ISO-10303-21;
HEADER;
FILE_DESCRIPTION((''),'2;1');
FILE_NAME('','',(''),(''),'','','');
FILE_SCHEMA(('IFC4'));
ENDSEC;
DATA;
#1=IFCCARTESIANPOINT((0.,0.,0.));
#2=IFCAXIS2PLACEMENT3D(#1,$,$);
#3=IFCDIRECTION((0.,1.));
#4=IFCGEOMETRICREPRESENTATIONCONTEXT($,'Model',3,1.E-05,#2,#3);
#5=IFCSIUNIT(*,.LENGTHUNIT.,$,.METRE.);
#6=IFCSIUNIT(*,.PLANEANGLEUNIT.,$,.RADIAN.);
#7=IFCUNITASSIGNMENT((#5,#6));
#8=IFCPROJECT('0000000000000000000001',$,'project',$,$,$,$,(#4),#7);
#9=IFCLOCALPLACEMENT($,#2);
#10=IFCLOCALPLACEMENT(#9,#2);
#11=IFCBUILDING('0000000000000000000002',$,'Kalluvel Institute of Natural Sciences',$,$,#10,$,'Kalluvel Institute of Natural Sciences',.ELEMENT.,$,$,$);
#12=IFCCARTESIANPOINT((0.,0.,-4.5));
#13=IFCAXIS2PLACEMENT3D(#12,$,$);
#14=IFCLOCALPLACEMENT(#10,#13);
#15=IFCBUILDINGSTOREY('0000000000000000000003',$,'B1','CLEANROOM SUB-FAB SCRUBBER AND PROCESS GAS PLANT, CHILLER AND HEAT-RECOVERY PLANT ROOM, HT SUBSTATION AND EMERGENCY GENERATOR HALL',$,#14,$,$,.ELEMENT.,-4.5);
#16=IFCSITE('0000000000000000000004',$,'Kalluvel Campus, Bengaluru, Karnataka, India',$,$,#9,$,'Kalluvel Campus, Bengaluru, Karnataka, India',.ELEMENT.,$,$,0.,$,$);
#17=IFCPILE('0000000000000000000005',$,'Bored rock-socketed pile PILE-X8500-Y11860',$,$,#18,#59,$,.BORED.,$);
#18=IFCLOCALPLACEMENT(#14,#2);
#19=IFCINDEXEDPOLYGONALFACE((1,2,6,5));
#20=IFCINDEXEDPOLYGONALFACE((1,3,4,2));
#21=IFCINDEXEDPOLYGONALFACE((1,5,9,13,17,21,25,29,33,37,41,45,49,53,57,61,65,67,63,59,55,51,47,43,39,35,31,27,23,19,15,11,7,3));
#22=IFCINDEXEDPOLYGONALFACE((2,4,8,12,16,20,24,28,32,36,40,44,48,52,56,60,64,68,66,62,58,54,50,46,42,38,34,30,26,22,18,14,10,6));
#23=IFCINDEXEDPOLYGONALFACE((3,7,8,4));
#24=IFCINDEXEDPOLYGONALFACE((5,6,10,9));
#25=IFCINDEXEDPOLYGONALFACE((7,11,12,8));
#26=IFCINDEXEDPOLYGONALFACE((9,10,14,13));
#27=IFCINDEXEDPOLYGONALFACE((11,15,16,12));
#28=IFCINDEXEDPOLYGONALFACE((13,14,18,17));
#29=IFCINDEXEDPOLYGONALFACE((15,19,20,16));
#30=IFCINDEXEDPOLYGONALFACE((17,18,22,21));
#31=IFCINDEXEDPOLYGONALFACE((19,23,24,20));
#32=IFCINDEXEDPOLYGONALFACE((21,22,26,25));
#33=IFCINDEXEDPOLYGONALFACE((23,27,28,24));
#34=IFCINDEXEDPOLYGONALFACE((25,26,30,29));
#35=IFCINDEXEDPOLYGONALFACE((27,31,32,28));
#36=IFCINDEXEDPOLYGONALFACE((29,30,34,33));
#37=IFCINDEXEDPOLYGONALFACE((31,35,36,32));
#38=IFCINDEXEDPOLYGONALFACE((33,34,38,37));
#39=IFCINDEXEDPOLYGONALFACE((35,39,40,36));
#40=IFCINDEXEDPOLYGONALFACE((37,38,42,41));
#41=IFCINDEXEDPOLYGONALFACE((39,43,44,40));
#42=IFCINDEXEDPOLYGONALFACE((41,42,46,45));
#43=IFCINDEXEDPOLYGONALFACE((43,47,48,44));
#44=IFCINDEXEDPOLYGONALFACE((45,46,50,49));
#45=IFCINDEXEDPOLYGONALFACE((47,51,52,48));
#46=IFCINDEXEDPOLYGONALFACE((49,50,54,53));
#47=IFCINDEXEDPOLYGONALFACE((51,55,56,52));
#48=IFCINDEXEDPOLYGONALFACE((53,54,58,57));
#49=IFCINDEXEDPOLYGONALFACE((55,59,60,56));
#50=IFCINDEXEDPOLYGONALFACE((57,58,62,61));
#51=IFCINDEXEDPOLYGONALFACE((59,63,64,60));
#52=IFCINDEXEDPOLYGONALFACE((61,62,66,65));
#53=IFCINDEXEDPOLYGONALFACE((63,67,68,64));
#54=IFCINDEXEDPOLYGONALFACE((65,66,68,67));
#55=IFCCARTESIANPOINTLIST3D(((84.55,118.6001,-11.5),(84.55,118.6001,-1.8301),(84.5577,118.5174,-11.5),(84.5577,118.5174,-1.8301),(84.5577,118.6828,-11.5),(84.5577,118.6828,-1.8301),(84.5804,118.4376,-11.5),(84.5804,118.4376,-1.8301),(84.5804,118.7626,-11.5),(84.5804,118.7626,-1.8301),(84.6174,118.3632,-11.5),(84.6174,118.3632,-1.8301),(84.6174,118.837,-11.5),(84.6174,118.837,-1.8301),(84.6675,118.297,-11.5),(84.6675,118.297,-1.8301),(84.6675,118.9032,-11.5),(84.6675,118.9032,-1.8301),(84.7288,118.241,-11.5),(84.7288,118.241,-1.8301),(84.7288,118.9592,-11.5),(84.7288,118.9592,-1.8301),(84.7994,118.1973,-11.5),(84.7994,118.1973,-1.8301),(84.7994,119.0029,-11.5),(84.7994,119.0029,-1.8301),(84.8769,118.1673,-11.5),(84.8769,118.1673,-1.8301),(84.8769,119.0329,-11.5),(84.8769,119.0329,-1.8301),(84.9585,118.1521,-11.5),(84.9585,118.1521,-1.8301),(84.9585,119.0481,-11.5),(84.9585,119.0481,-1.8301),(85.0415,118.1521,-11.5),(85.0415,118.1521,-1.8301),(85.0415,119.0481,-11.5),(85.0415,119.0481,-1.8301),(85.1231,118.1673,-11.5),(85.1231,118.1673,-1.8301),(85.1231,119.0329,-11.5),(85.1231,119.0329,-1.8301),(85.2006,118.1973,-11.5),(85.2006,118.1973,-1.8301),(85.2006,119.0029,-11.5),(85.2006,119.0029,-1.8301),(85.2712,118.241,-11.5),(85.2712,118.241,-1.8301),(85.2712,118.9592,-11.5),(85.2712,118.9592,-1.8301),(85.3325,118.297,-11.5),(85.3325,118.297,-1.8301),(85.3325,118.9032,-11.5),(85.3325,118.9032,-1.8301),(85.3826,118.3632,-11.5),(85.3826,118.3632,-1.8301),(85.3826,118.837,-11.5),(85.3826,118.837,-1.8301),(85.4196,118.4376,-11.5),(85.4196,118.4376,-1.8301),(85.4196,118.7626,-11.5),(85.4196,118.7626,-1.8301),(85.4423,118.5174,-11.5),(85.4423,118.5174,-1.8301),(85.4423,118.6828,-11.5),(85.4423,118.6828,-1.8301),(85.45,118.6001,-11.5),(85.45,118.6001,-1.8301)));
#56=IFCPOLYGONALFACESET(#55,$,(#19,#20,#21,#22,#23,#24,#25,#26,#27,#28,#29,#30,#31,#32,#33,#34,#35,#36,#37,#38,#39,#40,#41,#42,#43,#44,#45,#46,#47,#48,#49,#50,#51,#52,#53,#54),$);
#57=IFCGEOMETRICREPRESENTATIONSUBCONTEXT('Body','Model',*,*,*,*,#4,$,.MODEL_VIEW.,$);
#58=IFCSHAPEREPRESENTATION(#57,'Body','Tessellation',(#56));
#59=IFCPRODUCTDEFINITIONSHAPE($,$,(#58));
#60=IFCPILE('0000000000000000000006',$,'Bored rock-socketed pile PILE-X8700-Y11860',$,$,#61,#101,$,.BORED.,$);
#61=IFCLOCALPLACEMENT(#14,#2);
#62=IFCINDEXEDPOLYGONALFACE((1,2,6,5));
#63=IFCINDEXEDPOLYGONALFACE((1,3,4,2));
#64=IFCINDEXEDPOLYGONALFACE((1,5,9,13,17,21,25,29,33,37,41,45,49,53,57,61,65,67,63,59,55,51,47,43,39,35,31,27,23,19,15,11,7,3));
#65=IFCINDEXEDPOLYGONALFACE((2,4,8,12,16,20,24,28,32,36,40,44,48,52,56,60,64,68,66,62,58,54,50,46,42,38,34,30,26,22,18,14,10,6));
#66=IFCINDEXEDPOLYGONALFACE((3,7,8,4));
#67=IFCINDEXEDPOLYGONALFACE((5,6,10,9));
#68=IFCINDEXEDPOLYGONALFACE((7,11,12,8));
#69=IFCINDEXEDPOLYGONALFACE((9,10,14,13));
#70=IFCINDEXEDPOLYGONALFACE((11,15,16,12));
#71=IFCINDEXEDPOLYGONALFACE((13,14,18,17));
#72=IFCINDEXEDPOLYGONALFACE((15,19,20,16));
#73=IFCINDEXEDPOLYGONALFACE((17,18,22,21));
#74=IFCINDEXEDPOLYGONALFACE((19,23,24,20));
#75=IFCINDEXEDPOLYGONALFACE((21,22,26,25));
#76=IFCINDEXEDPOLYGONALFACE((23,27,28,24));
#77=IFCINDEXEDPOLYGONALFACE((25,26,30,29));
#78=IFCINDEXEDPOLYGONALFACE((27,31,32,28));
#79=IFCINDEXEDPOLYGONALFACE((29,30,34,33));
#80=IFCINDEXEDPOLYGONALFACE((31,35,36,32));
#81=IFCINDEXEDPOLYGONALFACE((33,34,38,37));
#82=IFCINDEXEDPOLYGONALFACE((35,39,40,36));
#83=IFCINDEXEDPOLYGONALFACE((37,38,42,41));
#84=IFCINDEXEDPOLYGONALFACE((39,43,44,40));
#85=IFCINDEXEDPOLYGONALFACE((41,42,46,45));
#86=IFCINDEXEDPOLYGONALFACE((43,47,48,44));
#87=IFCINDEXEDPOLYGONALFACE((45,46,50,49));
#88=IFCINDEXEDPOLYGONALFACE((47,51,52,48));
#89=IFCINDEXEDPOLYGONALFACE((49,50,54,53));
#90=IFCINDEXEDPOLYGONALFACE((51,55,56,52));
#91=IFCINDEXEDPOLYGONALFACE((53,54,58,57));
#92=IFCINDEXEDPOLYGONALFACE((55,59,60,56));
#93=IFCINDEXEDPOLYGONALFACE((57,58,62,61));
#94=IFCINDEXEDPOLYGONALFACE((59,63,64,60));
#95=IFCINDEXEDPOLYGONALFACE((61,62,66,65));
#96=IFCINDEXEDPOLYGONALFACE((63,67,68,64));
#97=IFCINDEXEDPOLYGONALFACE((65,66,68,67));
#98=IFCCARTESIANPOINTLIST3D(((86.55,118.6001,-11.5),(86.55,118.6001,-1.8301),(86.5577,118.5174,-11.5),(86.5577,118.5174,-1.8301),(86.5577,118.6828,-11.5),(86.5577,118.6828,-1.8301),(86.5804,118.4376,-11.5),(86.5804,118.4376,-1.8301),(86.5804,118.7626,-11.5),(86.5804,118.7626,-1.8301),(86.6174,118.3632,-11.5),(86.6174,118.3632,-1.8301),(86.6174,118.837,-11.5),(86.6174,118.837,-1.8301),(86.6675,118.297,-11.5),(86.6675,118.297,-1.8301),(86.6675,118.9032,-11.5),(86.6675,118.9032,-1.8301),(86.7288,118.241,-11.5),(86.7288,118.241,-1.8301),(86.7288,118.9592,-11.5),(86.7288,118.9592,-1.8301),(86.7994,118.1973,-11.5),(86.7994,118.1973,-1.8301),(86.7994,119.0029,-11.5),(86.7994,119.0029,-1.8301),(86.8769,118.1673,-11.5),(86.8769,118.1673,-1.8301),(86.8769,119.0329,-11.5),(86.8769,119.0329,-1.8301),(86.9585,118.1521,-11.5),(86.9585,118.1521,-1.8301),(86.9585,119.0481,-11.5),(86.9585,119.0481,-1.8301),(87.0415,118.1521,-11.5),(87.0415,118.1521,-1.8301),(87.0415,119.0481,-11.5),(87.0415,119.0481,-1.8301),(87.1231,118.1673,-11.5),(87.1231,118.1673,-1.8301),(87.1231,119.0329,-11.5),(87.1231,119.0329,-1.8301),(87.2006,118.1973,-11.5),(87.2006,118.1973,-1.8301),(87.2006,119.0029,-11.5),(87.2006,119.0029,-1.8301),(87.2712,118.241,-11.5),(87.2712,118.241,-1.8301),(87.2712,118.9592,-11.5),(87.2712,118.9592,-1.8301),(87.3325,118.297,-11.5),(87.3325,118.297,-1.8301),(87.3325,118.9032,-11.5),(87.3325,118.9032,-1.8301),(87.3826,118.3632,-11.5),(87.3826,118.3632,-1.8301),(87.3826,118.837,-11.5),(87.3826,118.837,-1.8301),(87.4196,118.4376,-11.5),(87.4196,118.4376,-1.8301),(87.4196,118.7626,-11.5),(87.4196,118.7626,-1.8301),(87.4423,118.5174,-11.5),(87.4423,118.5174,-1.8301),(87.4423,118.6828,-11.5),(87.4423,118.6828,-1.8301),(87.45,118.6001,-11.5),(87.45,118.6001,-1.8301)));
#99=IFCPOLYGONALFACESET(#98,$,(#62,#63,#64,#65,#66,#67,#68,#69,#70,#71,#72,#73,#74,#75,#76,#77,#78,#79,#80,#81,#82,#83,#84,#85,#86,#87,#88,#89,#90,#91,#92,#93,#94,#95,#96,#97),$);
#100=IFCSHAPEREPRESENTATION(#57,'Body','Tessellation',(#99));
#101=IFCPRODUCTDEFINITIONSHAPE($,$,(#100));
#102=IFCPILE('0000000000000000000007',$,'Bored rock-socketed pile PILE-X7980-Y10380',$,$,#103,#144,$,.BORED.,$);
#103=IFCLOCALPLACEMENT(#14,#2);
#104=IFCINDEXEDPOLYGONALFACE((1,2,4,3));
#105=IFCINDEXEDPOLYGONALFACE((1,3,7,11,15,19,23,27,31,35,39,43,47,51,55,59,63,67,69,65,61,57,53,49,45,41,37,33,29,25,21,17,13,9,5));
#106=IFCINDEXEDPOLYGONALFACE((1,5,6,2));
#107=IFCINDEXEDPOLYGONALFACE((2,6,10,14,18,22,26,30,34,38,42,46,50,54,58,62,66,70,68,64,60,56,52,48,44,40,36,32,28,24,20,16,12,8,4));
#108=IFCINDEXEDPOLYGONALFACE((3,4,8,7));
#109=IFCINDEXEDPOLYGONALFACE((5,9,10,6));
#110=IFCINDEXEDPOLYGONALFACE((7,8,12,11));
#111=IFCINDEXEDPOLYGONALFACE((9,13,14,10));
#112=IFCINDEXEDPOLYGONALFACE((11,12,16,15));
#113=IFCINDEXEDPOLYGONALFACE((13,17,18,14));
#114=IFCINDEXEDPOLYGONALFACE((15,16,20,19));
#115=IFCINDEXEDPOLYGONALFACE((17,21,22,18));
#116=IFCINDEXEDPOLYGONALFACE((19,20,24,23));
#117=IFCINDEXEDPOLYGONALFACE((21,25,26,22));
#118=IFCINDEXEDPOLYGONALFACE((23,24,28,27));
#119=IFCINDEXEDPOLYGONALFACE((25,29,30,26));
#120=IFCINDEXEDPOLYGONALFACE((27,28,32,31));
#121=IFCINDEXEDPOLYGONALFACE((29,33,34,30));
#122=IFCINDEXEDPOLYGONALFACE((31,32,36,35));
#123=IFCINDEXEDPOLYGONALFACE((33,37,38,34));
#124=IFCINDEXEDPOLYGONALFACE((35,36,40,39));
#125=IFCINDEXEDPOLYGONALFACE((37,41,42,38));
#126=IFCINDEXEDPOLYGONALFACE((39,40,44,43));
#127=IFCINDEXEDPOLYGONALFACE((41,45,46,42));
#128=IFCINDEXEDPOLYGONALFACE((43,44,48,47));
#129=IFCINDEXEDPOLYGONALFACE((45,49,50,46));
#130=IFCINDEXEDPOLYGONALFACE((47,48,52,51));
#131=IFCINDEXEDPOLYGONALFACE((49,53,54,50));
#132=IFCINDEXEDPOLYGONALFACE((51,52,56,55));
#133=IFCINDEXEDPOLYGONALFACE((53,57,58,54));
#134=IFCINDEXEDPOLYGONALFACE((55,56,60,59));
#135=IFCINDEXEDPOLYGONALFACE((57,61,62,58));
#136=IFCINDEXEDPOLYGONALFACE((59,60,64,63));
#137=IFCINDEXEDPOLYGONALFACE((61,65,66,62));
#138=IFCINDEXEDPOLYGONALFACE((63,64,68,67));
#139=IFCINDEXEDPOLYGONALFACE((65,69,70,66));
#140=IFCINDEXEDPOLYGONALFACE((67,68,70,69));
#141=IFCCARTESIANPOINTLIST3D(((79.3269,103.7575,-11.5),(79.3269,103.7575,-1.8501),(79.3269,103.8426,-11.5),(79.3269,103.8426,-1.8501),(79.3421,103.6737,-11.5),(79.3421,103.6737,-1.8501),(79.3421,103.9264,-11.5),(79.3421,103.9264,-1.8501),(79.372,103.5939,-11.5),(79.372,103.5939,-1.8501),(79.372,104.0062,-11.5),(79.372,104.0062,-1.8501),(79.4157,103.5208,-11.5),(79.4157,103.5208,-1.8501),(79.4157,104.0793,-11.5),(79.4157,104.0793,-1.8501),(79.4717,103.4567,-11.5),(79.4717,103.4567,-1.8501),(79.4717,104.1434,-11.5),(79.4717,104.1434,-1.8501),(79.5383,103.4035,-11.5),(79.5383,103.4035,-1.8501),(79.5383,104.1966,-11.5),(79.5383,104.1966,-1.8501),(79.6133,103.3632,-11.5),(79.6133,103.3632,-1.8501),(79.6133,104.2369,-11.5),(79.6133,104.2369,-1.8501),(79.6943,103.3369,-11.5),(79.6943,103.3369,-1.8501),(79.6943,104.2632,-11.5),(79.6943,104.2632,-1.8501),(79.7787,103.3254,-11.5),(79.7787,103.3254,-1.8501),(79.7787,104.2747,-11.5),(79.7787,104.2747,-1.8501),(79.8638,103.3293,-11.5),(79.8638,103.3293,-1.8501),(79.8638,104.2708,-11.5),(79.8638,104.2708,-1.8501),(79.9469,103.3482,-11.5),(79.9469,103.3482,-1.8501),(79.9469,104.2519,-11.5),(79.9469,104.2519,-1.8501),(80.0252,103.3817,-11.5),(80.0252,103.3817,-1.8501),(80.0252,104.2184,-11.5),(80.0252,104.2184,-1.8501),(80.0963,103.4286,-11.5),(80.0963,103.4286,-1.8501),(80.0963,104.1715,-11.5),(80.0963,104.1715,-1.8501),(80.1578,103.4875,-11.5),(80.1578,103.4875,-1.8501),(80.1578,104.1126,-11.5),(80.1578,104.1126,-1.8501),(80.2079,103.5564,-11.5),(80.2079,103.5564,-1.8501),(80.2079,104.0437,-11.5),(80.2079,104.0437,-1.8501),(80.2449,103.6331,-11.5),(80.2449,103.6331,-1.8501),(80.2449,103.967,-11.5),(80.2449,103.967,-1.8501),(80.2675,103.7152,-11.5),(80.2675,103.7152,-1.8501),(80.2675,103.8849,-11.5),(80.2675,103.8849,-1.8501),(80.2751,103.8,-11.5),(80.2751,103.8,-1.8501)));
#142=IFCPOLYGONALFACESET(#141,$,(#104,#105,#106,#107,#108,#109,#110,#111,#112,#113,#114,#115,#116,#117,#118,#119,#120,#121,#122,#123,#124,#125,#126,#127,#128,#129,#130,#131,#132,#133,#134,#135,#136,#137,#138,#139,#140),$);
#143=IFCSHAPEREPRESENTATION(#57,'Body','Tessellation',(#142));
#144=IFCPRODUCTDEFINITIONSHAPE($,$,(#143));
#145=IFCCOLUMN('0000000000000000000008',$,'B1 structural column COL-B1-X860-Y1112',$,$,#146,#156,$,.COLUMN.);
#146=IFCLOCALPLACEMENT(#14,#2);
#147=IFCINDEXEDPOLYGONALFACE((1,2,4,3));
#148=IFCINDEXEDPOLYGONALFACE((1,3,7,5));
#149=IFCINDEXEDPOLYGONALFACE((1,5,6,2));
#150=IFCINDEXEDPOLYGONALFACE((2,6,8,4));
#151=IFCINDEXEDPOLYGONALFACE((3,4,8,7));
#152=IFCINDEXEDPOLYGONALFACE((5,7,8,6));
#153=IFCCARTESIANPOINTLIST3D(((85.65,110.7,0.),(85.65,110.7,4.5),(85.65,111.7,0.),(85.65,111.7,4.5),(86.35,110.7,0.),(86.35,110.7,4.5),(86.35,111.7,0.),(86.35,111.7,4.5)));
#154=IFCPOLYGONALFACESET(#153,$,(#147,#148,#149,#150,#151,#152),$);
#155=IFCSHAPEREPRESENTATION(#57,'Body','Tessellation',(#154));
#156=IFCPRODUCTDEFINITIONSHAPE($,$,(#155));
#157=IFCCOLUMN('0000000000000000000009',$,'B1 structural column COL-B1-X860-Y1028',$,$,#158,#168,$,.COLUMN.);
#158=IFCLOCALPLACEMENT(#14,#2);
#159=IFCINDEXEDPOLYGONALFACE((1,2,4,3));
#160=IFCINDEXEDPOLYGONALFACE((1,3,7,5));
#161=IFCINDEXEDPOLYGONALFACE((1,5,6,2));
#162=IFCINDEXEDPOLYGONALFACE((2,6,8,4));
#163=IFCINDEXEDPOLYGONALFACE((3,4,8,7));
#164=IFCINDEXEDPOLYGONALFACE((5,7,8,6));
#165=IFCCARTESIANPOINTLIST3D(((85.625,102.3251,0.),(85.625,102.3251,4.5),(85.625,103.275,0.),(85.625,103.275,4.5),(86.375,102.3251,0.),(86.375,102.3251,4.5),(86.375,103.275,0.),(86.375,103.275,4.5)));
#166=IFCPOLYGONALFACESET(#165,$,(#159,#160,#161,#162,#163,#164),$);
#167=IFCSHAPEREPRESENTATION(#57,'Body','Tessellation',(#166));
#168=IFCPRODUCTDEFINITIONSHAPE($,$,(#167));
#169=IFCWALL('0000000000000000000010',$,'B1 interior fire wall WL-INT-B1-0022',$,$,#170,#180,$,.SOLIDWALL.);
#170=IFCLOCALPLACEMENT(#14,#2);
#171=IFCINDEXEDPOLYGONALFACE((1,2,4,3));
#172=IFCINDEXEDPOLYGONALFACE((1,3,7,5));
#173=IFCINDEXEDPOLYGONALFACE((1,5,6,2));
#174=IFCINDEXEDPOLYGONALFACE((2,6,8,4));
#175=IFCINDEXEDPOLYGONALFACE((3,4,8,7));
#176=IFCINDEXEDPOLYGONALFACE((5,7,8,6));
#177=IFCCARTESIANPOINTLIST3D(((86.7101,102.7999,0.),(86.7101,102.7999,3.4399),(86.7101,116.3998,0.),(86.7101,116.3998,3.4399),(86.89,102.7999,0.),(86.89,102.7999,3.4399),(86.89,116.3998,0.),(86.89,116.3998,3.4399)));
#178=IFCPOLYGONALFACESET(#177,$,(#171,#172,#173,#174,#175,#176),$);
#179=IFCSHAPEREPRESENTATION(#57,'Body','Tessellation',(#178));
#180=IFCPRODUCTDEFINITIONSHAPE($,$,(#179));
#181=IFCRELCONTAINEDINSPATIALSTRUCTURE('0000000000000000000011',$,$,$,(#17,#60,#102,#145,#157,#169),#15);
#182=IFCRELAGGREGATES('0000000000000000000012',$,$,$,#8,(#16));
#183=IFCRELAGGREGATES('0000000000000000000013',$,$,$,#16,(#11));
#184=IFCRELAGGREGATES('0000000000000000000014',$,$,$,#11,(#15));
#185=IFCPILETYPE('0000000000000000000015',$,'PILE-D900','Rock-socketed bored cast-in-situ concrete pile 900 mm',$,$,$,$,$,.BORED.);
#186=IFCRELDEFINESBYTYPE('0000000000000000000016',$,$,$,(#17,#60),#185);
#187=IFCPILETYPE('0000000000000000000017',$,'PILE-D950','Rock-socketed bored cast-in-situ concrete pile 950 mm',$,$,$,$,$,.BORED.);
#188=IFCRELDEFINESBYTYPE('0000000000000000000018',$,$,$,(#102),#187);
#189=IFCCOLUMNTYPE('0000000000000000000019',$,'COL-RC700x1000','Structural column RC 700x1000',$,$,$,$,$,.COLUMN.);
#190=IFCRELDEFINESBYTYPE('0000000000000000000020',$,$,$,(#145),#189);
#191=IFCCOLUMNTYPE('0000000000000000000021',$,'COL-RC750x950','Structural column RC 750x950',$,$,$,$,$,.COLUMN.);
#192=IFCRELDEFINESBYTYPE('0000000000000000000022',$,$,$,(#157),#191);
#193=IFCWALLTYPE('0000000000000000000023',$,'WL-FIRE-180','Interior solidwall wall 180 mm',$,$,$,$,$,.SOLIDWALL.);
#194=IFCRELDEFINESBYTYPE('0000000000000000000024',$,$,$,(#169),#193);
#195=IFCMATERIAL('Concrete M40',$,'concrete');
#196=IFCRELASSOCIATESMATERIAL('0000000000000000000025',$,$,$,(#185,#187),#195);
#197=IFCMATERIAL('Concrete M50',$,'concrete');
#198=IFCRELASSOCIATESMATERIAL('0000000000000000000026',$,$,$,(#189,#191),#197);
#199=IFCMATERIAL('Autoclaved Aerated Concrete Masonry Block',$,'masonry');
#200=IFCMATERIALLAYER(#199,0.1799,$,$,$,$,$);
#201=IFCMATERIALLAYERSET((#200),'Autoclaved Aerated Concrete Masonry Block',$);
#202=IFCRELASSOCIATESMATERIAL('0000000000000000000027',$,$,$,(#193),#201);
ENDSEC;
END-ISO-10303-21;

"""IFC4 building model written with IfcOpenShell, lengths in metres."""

from ifc_helpers import new_model, si_unit, direction, frame, frame_2d, origin, origin_2d, place, context, subcontext, project, spatial, rectangle, circle, extrude, material, layer, layer_set, material_profile, profile_set, type_object, element, save


model = new_model("IFC4")

# Units and contexts
model_context = context("Model", 3, precision=1e-05, world=origin(), true_north=direction((0.0, 1.0)))
body_context = subcontext(model_context, "Body", "Model", "MODEL_VIEW")
ifc_project = project(units=[si_unit("LENGTHUNIT", "METRE"), si_unit("PLANEANGLEUNIT", "RADIAN")], contexts=[model_context])

# Site, building, storey
site_placement = place(None, origin())
site = spatial("IfcSite", under=ifc_project, at=site_placement, Name="Kalluvel Campus, Bengaluru, Karnataka, India", LongName="Kalluvel Campus, Bengaluru, Karnataka, India", CompositionType="ELEMENT", RefElevation=0.0)
building_placement = place(site_placement, origin())
building = spatial("IfcBuilding", under=site, at=building_placement, Name="Kalluvel Institute of Natural Sciences", LongName="Kalluvel Institute of Natural Sciences", CompositionType="ELEMENT")
storey_placement = place(building_placement, frame((0.0, 0.0, -4.5)))
storey = spatial("IfcBuildingStorey", under=building, at=storey_placement, Name="B1", Description="CLEANROOM SUB-FAB SCRUBBER AND PROCESS GAS PLANT, CHILLER AND HEAT-RECOVERY PLANT ROOM, HT SUBSTATION AND EMERGENCY GENERATOR HALL", CompositionType="ELEMENT", Elevation=-4.5)

# Shared definitions
ifc_material_1 = material(Name="Concrete M40", Category="concrete")

# Piles
ifc_material_profile_1 = material_profile(ifc_material_1, circle(Radius=0.45, at=origin_2d()), Name="PILE D900")
ifc_profile_set_1 = profile_set([ifc_material_profile_1], Name="Concrete M40")
pile_type_1 = type_object("IfcPileType", Name="PILE-D900", Description="Rock-socketed bored cast-in-situ concrete pile 900 mm", PredefinedType="BORED", material=ifc_profile_set_1)
for number, where, z_axis, x_axis, name in (
    (1, (85.0, 118.6001, -1.8301), (0.0, 0.0, -1.0), (1.0, 0.0, 0.0), "Bored rock-socketed pile PILE-X8500-Y11860"),
    (2, (87.0, 118.6001, -1.8301), (0.0, 0.0, -1.0), (1.0, 0.0, 0.0), "Bored rock-socketed pile PILE-X8700-Y11860"),
):
    element("IfcPile", number, at=place(storey_placement, frame(where, z_axis=z_axis, x_axis=x_axis)), inside=storey, type_object=pile_type_1, Name=name, PredefinedType="BORED", context=body_context, shape_type="SweptSolid", body=[
        extrude(circle(Radius=0.45, at=origin_2d()), origin(), (0.0, 0.0, 1.0), 9.6699),
    ])
ifc_material_profile_2 = material_profile(ifc_material_1, circle(Radius=0.4751, at=origin_2d()), Name="PILE D950")
ifc_profile_set_2 = profile_set([ifc_material_profile_2], Name="Concrete M40")
pile_type_2 = type_object("IfcPileType", Name="PILE-D950", Description="Rock-socketed bored cast-in-situ concrete pile 950 mm", PredefinedType="BORED", material=ifc_profile_set_2)
pile_placement = place(storey_placement, frame((79.8, 103.8, -1.8501), z_axis=(0.0, 0.0, -1.0), x_axis=(1.0, 0.0, 0.0)))
element("IfcPile", 3, at=pile_placement, inside=storey, type_object=pile_type_2, Name="Bored rock-socketed pile PILE-X7980-Y10380", PredefinedType="BORED", context=body_context, shape_type="SweptSolid", body=[
    extrude(circle(Radius=0.4751, at=origin_2d()), origin(), (0.0, 0.0, 1.0), 9.6499),
])

# Columns
ifc_material_2 = material(Name="Concrete M50", Category="concrete")
ifc_material_profile_3 = material_profile(ifc_material_2, rectangle(XDim=0.7, YDim=1.0, at=origin_2d()), Name="RC 700x1000")
ifc_profile_set_3 = profile_set([ifc_material_profile_3], Name="Concrete M50")
column_type_1 = type_object("IfcColumnType", Name="COL-RC700x1000", Description="Structural column RC 700x1000", PredefinedType="COLUMN", material=ifc_profile_set_3)
column_1_placement = place(storey_placement, frame((86.0, 111.2, 0.0), z_axis=(0.0, 0.0, 1.0), x_axis=(1.0, 0.0, 0.0)))
element("IfcColumn", 4, at=column_1_placement, inside=storey, type_object=column_type_1, Name="B1 structural column COL-B1-X860-Y1112", PredefinedType="COLUMN", context=body_context, shape_type="SweptSolid", body=[
    extrude(rectangle(XDim=0.7, YDim=1.0, at=origin_2d()), origin(), (0.0, 0.0, 1.0), 4.5),
])
ifc_material_profile_4 = material_profile(ifc_material_2, rectangle(XDim=0.75, YDim=0.95, at=origin_2d()), Name="RC 750x950")
ifc_profile_set_4 = profile_set([ifc_material_profile_4], Name="Concrete M50")
column_type_2 = type_object("IfcColumnType", Name="COL-RC750x950", Description="Structural column RC 750x950", PredefinedType="COLUMN", material=ifc_profile_set_4)
column_2_placement = place(storey_placement, frame((86.0, 102.8, 0.0), z_axis=(0.0, 0.0, 1.0), x_axis=(1.0, 0.0, 0.0)))
element("IfcColumn", 5, at=column_2_placement, inside=storey, type_object=column_type_2, Name="B1 structural column COL-B1-X860-Y1028", PredefinedType="COLUMN", context=body_context, shape_type="SweptSolid", body=[
    extrude(rectangle(XDim=0.75, YDim=0.95, at=origin_2d()), origin(), (0.0, 0.0, 1.0), 4.5),
])

# Wall
ifc_material_3 = material(Name="Autoclaved Aerated Concrete Masonry Block", Category="masonry")
ifc_layer_1 = layer(ifc_material_3, 0.1799)
ifc_layer_set_1 = layer_set([ifc_layer_1], Name="Autoclaved Aerated Concrete Masonry Block")
wall_type_1 = type_object("IfcWallType", Name="WL-FIRE-180", Description="Interior solidwall wall 180 mm", PredefinedType="SOLIDWALL", material=ifc_layer_set_1)
wall_1_placement = place(storey_placement, frame((86.8, 102.8, 0.0), z_axis=(0.0, 0.0, 1.0), x_axis=(0.0, 1.0, 0.0)))
element("IfcWall", 6, at=wall_1_placement, inside=storey, type_object=wall_type_1, Name="B1 interior fire wall WL-INT-B1-0022", PredefinedType="SOLIDWALL", context=body_context, shape_type="SweptSolid", body=[
    extrude(rectangle(XDim=13.5999, YDim=0.1799, at=frame_2d((6.7998, 0.0))), origin(), (0.0, 0.0, 1.0), 3.4399),
])

save(model, "model.ifc")
